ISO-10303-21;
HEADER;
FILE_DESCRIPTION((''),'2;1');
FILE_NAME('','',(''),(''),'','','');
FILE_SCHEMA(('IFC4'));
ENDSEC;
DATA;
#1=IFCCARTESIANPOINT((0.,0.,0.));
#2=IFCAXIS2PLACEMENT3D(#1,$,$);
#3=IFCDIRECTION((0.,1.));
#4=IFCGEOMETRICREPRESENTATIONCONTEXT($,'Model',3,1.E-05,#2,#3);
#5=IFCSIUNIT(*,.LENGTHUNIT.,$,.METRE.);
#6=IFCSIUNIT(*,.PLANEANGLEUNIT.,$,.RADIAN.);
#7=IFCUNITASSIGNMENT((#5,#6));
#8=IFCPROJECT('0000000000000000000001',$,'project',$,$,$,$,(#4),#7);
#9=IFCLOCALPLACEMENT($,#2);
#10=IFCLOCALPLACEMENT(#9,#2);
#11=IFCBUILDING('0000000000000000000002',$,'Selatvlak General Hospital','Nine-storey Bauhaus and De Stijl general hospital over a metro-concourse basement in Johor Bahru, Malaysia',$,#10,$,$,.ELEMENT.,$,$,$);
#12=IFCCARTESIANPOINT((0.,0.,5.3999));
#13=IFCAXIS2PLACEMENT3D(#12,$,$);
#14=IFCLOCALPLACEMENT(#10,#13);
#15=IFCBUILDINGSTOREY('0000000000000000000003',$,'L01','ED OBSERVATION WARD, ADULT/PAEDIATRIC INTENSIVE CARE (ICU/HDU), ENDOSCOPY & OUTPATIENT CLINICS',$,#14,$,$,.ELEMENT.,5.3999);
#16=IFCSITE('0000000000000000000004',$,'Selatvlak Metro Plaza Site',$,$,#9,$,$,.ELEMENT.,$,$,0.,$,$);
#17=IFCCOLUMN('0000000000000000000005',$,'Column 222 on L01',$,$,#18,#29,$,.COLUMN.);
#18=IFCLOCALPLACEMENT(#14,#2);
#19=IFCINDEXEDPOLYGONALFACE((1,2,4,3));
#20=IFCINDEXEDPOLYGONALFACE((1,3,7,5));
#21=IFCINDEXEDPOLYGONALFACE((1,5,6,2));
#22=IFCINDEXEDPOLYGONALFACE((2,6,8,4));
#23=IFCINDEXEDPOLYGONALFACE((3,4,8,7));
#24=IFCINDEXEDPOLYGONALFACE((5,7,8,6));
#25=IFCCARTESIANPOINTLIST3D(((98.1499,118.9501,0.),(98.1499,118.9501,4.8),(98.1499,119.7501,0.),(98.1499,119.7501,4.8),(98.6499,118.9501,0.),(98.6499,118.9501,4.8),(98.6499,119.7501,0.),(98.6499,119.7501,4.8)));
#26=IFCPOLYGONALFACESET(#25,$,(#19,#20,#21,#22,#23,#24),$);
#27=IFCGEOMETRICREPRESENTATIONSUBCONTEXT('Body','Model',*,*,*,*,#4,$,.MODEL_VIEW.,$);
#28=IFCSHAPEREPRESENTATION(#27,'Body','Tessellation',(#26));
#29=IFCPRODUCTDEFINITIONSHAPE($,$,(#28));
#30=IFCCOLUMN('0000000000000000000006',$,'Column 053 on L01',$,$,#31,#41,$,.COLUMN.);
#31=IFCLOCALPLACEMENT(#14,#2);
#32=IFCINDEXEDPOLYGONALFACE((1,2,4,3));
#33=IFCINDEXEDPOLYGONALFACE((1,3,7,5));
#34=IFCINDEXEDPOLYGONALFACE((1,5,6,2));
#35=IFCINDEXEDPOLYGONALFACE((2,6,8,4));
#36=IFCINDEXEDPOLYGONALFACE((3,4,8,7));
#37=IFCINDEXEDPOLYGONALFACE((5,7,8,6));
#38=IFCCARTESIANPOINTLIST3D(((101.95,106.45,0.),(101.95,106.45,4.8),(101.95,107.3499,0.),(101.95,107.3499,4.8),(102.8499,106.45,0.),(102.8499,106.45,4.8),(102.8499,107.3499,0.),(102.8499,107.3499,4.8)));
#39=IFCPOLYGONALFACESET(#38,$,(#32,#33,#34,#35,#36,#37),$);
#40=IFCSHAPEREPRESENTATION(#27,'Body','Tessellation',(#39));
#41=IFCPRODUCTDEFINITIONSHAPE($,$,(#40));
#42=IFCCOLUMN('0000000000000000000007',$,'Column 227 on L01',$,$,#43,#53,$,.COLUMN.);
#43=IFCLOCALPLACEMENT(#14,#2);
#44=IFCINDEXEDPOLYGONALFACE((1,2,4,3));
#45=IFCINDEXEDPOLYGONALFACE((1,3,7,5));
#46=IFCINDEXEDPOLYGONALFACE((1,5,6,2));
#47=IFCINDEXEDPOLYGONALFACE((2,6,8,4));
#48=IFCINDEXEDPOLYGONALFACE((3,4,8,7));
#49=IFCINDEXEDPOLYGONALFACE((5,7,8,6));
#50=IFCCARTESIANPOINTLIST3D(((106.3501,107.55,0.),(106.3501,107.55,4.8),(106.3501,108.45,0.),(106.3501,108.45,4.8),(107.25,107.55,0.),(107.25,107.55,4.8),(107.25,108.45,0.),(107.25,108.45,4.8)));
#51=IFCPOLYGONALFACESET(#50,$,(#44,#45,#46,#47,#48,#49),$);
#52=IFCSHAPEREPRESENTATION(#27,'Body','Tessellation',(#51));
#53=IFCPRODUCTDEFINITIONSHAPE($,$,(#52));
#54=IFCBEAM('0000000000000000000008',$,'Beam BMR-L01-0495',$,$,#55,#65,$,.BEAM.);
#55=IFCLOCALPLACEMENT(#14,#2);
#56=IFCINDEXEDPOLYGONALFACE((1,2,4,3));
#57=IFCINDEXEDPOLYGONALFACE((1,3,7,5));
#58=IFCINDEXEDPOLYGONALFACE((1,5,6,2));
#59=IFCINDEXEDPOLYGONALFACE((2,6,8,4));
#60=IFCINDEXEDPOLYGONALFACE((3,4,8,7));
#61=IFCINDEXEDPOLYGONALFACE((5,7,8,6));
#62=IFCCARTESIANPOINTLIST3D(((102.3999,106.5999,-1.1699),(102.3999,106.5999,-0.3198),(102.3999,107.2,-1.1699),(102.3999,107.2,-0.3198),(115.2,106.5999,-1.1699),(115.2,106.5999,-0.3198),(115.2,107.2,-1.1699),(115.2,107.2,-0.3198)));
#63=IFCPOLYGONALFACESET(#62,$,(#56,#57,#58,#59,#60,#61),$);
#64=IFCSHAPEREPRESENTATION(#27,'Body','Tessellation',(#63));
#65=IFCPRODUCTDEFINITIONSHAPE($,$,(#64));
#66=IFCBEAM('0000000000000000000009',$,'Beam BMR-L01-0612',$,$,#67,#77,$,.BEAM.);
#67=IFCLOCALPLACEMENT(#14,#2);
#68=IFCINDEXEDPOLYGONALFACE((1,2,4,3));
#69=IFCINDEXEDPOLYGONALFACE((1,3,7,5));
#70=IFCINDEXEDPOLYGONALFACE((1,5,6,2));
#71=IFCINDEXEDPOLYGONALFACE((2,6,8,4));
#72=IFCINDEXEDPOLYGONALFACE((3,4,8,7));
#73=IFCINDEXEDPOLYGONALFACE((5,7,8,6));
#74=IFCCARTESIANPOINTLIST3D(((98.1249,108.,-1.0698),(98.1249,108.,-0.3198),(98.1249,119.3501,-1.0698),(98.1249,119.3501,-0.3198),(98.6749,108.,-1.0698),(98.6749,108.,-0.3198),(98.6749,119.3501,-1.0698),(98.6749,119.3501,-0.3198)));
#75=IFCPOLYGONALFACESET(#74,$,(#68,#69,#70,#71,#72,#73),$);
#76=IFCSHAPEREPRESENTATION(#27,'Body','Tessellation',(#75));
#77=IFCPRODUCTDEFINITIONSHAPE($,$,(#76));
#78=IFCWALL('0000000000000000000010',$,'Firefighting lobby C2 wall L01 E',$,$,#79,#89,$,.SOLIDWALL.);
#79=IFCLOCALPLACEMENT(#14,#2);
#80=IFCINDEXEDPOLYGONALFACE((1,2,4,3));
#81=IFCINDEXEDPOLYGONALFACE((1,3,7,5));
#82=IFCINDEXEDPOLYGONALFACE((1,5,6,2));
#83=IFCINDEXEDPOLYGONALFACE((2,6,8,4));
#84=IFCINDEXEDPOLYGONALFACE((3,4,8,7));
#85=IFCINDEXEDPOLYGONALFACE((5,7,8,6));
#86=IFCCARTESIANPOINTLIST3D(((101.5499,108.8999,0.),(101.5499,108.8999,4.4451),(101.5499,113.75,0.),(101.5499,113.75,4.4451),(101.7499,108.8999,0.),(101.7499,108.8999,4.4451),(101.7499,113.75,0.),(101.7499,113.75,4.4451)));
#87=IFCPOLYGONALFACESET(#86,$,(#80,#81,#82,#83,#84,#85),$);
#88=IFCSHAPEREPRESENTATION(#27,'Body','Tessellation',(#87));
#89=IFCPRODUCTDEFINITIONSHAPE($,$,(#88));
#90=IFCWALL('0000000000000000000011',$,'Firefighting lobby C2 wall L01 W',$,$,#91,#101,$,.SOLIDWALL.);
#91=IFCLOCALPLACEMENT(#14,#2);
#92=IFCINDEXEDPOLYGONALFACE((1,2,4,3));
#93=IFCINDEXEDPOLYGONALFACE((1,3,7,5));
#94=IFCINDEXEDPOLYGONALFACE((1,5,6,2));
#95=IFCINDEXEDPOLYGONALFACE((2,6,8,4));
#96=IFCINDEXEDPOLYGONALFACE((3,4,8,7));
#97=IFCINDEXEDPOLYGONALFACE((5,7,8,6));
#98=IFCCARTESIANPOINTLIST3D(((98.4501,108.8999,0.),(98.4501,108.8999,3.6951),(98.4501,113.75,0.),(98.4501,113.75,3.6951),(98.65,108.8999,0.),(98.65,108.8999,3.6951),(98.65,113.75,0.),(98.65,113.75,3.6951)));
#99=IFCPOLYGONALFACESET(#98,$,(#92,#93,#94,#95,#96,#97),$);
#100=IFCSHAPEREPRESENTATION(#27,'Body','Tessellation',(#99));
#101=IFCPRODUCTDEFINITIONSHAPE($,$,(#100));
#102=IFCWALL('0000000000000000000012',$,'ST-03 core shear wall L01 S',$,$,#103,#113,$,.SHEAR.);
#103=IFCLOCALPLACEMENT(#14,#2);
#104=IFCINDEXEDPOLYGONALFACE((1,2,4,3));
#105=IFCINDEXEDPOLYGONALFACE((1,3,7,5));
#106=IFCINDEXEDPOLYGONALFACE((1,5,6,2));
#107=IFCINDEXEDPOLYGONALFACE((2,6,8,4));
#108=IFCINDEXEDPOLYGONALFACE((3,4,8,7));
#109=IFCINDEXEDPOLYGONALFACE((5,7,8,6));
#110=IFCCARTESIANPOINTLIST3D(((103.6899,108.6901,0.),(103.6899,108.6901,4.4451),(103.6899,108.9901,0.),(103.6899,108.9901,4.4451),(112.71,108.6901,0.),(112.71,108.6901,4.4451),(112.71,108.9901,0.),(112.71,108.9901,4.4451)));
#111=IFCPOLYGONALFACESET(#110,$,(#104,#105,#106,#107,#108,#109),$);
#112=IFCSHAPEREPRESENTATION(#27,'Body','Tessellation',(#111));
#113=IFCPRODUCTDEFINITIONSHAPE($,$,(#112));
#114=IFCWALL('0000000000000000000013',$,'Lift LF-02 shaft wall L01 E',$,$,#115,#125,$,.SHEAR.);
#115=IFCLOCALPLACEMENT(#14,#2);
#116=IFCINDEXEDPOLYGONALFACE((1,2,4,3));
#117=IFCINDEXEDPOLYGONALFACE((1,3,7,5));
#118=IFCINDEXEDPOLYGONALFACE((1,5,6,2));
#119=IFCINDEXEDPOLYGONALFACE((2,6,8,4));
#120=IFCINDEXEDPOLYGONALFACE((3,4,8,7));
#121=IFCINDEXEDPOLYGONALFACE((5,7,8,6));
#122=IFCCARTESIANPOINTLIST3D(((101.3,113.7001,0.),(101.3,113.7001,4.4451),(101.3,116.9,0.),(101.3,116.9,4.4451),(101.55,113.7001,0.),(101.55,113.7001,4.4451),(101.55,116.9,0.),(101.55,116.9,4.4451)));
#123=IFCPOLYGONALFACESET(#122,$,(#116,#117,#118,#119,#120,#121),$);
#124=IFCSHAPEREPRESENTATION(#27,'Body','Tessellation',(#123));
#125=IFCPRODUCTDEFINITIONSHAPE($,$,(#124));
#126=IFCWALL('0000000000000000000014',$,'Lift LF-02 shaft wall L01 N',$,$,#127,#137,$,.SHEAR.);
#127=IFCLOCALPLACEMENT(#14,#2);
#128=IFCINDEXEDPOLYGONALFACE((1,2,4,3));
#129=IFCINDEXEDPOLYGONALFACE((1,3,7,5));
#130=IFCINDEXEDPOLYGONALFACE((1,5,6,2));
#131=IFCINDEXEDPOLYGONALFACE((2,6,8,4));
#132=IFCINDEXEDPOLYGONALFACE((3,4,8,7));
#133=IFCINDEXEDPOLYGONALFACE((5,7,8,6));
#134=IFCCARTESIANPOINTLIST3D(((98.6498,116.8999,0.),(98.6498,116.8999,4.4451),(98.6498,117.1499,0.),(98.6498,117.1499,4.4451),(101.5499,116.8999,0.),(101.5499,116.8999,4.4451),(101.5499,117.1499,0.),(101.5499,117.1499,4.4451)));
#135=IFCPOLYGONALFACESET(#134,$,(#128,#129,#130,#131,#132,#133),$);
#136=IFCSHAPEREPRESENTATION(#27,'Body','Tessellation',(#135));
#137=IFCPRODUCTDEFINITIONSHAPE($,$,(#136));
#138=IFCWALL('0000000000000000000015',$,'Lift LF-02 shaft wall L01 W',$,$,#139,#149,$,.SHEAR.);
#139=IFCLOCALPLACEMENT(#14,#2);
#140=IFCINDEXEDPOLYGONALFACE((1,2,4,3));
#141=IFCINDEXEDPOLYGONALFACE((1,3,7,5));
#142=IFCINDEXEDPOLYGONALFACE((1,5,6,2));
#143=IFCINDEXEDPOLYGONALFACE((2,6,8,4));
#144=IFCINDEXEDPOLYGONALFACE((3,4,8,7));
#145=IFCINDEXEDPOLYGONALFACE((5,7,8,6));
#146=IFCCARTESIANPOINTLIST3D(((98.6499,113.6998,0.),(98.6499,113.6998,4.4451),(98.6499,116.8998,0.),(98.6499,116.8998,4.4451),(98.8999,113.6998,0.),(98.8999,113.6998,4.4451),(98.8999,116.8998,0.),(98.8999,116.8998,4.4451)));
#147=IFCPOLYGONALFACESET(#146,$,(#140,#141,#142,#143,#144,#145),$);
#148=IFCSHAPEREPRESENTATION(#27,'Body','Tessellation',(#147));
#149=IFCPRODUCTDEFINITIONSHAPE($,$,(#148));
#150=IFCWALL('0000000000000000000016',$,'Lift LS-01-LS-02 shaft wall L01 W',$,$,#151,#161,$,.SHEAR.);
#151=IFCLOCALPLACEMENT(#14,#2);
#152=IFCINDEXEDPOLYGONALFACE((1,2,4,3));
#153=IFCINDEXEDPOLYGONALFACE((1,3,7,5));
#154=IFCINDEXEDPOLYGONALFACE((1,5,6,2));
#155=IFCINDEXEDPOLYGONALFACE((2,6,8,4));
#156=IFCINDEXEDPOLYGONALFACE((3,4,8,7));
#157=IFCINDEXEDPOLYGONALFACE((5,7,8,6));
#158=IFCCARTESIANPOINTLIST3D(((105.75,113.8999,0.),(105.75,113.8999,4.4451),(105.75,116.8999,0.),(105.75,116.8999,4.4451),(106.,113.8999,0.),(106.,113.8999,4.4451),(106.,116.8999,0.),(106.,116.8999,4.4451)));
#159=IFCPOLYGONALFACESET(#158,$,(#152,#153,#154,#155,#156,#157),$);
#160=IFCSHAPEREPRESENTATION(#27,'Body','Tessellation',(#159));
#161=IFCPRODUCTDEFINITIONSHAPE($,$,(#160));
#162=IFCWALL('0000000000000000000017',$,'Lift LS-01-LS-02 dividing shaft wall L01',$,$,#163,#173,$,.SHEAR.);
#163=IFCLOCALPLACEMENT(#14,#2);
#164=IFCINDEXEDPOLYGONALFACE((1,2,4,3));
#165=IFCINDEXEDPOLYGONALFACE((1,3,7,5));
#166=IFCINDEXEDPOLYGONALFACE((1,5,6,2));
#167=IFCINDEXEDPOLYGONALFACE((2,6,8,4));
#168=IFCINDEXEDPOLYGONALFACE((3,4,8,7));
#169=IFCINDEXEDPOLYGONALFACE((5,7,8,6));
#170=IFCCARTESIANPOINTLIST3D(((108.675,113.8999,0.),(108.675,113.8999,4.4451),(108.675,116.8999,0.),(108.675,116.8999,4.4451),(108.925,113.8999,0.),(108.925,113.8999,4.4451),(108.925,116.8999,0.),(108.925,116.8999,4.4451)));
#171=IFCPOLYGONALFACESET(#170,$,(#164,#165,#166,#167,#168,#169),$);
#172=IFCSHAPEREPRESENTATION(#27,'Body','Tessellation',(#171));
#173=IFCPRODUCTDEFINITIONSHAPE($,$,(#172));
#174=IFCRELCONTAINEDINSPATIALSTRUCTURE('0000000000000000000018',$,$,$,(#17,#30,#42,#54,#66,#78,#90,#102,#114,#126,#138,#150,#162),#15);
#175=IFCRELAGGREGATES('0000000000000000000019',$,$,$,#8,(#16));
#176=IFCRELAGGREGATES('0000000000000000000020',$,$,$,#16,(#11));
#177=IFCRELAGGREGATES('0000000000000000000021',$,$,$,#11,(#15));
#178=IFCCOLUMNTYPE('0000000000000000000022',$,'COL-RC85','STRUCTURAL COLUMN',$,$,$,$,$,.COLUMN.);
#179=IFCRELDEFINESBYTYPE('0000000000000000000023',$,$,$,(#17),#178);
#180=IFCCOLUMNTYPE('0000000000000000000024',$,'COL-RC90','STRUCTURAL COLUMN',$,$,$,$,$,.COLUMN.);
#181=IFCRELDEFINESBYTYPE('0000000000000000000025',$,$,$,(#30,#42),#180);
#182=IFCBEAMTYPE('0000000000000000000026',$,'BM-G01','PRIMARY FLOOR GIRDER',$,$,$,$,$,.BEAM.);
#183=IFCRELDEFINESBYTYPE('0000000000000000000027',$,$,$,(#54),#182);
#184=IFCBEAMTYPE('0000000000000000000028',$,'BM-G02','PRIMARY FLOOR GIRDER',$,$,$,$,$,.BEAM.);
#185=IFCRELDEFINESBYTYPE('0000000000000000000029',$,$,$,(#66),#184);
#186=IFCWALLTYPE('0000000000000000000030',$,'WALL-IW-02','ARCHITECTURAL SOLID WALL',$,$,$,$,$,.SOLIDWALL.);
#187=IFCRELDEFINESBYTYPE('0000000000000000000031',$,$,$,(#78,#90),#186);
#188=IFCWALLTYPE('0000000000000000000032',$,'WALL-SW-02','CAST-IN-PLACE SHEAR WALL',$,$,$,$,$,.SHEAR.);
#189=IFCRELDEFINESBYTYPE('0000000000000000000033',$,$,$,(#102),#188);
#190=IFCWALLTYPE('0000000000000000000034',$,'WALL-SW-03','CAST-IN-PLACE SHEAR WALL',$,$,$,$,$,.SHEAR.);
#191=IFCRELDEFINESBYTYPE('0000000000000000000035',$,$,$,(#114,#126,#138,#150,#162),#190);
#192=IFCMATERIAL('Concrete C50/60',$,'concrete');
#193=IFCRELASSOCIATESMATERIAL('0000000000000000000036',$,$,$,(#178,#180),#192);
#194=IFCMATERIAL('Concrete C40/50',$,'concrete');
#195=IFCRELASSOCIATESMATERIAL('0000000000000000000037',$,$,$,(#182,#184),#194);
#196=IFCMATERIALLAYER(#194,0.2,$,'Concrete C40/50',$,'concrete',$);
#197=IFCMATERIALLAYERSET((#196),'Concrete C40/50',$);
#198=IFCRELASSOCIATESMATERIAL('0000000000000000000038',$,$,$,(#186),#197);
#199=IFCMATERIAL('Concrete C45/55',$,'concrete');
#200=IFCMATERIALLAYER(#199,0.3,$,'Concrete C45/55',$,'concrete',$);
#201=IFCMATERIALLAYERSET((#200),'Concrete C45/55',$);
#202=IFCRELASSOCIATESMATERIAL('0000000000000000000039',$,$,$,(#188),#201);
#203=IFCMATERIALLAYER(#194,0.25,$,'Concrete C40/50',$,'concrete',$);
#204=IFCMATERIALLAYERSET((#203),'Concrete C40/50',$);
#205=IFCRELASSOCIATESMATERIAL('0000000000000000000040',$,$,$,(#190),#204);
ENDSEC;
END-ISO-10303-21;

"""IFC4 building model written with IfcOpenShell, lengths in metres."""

from ifc_helpers import new_model, si_unit, direction, frame, frame_2d, origin, origin_2d, place, context, subcontext, project, spatial, rectangle, extrude, material, layer, layer_set, material_profile, profile_set, type_object, element, save


model = new_model("IFC4")

# Units and contexts
model_context = context("Model", 3, precision=1e-05, world=origin(), true_north=direction((0.0, 1.0)))
body_context = subcontext(model_context, "Body", "Model", "MODEL_VIEW")
ifc_project = project(units=[si_unit("LENGTHUNIT", "METRE"), si_unit("PLANEANGLEUNIT", "RADIAN")], contexts=[model_context])

# Site, building, storey
site_placement = place(None, origin())
site = spatial("IfcSite", under=ifc_project, at=site_placement, Name="Selatvlak Metro Plaza Site", CompositionType="ELEMENT", RefElevation=0.0)
building_placement = place(site_placement, origin())
building = spatial("IfcBuilding", under=site, at=building_placement, Name="Selatvlak General Hospital", Description="Nine-storey Bauhaus and De Stijl general hospital over a metro-concourse basement in Johor Bahru, Malaysia", CompositionType="ELEMENT")
storey_placement = place(building_placement, frame((0.0, 0.0, 5.3999)))
storey = spatial("IfcBuildingStorey", under=building, at=storey_placement, Name="L01", Description="ED OBSERVATION WARD, ADULT/PAEDIATRIC INTENSIVE CARE (ICU/HDU), ENDOSCOPY & OUTPATIENT CLINICS", CompositionType="ELEMENT", Elevation=5.3999)

# Columns
ifc_material_1 = material(Name="Concrete C50/60", Category="concrete")
ifc_material_profile_1 = material_profile(ifc_material_1, rectangle(XDim=0.5, YDim=0.8, at=origin_2d()), Name="RC-COL 800x500")
ifc_profile_set_1 = profile_set([ifc_material_profile_1], Name="Concrete C50/60")
column_type_1 = type_object("IfcColumnType", Name="COL-RC85", Description="STRUCTURAL COLUMN", PredefinedType="COLUMN", material=ifc_profile_set_1)
column_placement = place(storey_placement, frame((98.3999, 119.3501, 0.0), z_axis=(0.0, 0.0, 1.0), x_axis=(1.0, 0.0, 0.0)))
element("IfcColumn", 1, at=column_placement, inside=storey, type_object=column_type_1, Name="Column 222 on L01", PredefinedType="COLUMN", context=body_context, shape_type="SweptSolid", body=[
    extrude(rectangle(XDim=0.5, YDim=0.8, at=origin_2d()), origin(), (0.0, 0.0, 1.0), 4.8),
])
ifc_material_profile_2 = material_profile(ifc_material_1, rectangle(XDim=0.8999, YDim=0.8999, at=origin_2d()), Name="RC-COL 900x900")
ifc_profile_set_2 = profile_set([ifc_material_profile_2], Name="Concrete C50/60")
column_type_2 = type_object("IfcColumnType", Name="COL-RC90", Description="STRUCTURAL COLUMN", PredefinedType="COLUMN", material=ifc_profile_set_2)
for number, where, z_axis, x_axis, name in (
    (2, (102.3999, 106.8999, 0.0), (0.0, 0.0, 1.0), (1.0, 0.0, 0.0), "Column 053 on L01"),
    (3, (106.8, 108.0, 0.0), (0.0, 0.0, 1.0), (1.0, 0.0, 0.0), "Column 227 on L01"),
):
    element("IfcColumn", number, at=place(storey_placement, frame(where, z_axis=z_axis, x_axis=x_axis)), inside=storey, type_object=column_type_2, Name=name, PredefinedType="COLUMN", context=body_context, shape_type="SweptSolid", body=[
        extrude(rectangle(XDim=0.8999, YDim=0.8999, at=origin_2d()), origin(), (0.0, 0.0, 1.0), 4.8),
    ])

# Beams
ifc_material_2 = material(Name="Concrete C40/50", Category="concrete")
ifc_material_profile_3 = material_profile(ifc_material_2, rectangle(XDim=0.6001, YDim=0.8501, at=origin_2d()), Name="RC-BM 600x850")
ifc_profile_set_3 = profile_set([ifc_material_profile_3], Name="Concrete C40/50")
beam_type_1 = type_object("IfcBeamType", Name="BM-G01", Description="PRIMARY FLOOR GIRDER", PredefinedType="BEAM", material=ifc_profile_set_3)
beam_1_placement = place(storey_placement, frame((102.3999, 106.8999, -0.7449), z_axis=(1.0, 0.0, 0.0), x_axis=(0.0, 1.0, 0.0)))
element("IfcBeam", 4, at=beam_1_placement, inside=storey, type_object=beam_type_1, Name="Beam BMR-L01-0495", PredefinedType="BEAM", context=body_context, shape_type="SweptSolid", body=[
    extrude(rectangle(XDim=0.6001, YDim=0.8501, at=origin_2d()), origin(), (0.0, 0.0, 1.0), 12.8),
])
ifc_material_profile_4 = material_profile(ifc_material_2, rectangle(XDim=0.55, YDim=0.75, at=origin_2d()), Name="RC-BM 550x750")
ifc_profile_set_4 = profile_set([ifc_material_profile_4], Name="Concrete C40/50")
beam_type_2 = type_object("IfcBeamType", Name="BM-G02", Description="PRIMARY FLOOR GIRDER", PredefinedType="BEAM", material=ifc_profile_set_4)
beam_2_placement = place(storey_placement, frame((98.3999, 108.0, -0.6948), z_axis=(0.0, 1.0, 0.0), x_axis=(-1.0, 0.0, 0.0)))
element("IfcBeam", 5, at=beam_2_placement, inside=storey, type_object=beam_type_2, Name="Beam BMR-L01-0612", PredefinedType="BEAM", context=body_context, shape_type="SweptSolid", body=[
    extrude(rectangle(XDim=0.55, YDim=0.75, at=origin_2d()), origin(), (0.0, 0.0, 1.0), 11.3501),
])

# Shared definitions
ifc_layer_1 = layer(ifc_material_2, 0.2, Name="Concrete C40/50", Category="concrete")
ifc_layer_set_1 = layer_set([ifc_layer_1], Name="Concrete C40/50")
wall_type_1 = type_object("IfcWallType", Name="WALL-IW-02", Description="ARCHITECTURAL SOLID WALL", PredefinedType="SOLIDWALL", material=ifc_layer_set_1)

# Walls
wall_1_placement = place(storey_placement, frame((101.6499, 108.8999, 0.0), z_axis=(0.0, 0.0, 1.0), x_axis=(0.0, 1.0, 0.0)))
element("IfcWall", 6, at=wall_1_placement, inside=storey, type_object=wall_type_1, Name="Firefighting lobby C2 wall L01 E", PredefinedType="SOLIDWALL", context=body_context, shape_type="SweptSolid", body=[
    extrude(rectangle(XDim=4.8501, YDim=0.2, at=frame_2d((2.425, 0.0))), origin(), (0.0, 0.0, 1.0), 4.4451),
])
wall_2_placement = place(storey_placement, frame((98.55, 113.75, 0.0), z_axis=(0.0, 0.0, 1.0), x_axis=(0.0, -1.0, 0.0)))
element("IfcWall", 7, at=wall_2_placement, inside=storey, type_object=wall_type_1, Name="Firefighting lobby C2 wall L01 W", PredefinedType="SOLIDWALL", context=body_context, shape_type="SweptSolid", body=[
    extrude(rectangle(XDim=4.8501, YDim=0.2, at=frame_2d((2.425, 0.0))), origin(), (0.0, 0.0, 1.0), 3.6951),
])

# Wall
ifc_material_3 = material(Name="Concrete C45/55", Category="concrete")
ifc_layer_2 = layer(ifc_material_3, 0.3, Name="Concrete C45/55", Category="concrete")
ifc_layer_set_2 = layer_set([ifc_layer_2], Name="Concrete C45/55")
wall_type_2 = type_object("IfcWallType", Name="WALL-SW-02", Description="CAST-IN-PLACE SHEAR WALL", PredefinedType="SHEAR", material=ifc_layer_set_2)
wall_3_placement = place(storey_placement, frame((103.6899, 108.8401, 0.0), z_axis=(0.0, 0.0, 1.0), x_axis=(1.0, 0.0, 0.0)))
element("IfcWall", 8, at=wall_3_placement, inside=storey, type_object=wall_type_2, Name="ST-03 core shear wall L01 S", PredefinedType="SHEAR", context=body_context, shape_type="SweptSolid", body=[
    extrude(rectangle(XDim=9.02, YDim=0.3, at=frame_2d((4.51, 0.0))), origin(), (0.0, 0.0, 1.0), 4.4451),
])

# Shared definitions
ifc_layer_3 = layer(ifc_material_2, 0.25, Name="Concrete C40/50", Category="concrete")
ifc_layer_set_3 = layer_set([ifc_layer_3], Name="Concrete C40/50")
wall_type_3 = type_object("IfcWallType", Name="WALL-SW-03", Description="CAST-IN-PLACE SHEAR WALL", PredefinedType="SHEAR", material=ifc_layer_set_3)

# Walls
wall_4_placement = place(storey_placement, frame((101.425, 113.7, 0.0), z_axis=(0.0, 0.0, 1.0), x_axis=(0.0, 1.0, 0.0)))
element("IfcWall", 9, at=wall_4_placement, inside=storey, type_object=wall_type_3, Name="Lift LF-02 shaft wall L01 E", PredefinedType="SHEAR", context=body_context, shape_type="SweptSolid", body=[
    extrude(rectangle(XDim=3.2, YDim=0.25, at=frame_2d((1.6001, 0.0))), origin(), (0.0, 0.0, 1.0), 4.4451),
])
wall_5_placement = place(storey_placement, frame((101.55, 117.0249, 0.0), z_axis=(0.0, 0.0, 1.0), x_axis=(-1.0, 0.0, 0.0)))
element("IfcWall", 10, at=wall_5_placement, inside=storey, type_object=wall_type_3, Name="Lift LF-02 shaft wall L01 N", PredefinedType="SHEAR", context=body_context, shape_type="SweptSolid", body=[
    extrude(rectangle(XDim=2.9001, YDim=0.25, at=frame_2d((1.4502, 0.0))), origin(), (0.0, 0.0, 1.0), 4.4451),
])
wall_6_placement = place(storey_placement, frame((98.7749, 116.8999, 0.0), z_axis=(0.0, 0.0, 1.0), x_axis=(0.0, -1.0, 0.0)))
element("IfcWall", 11, at=wall_6_placement, inside=storey, type_object=wall_type_3, Name="Lift LF-02 shaft wall L01 W", PredefinedType="SHEAR", context=body_context, shape_type="SweptSolid", body=[
    extrude(rectangle(XDim=3.2, YDim=0.25, at=frame_2d((1.6001, 0.0))), origin(), (0.0, 0.0, 1.0), 4.4451),
])

# Walls
for number, where, z_axis, x_axis, name in (
    (12, (105.875, 116.8999, 0.0), (0.0, 0.0, 1.0), (0.0, -1.0, 0.0), "Lift LS-01-LS-02 shaft wall L01 W"),
    (13, (108.8, 113.8999, 0.0), (0.0, 0.0, 1.0), (0.0, 1.0, 0.0), "Lift LS-01-LS-02 dividing shaft wall L01"),
):
    element("IfcWall", number, at=place(storey_placement, frame(where, z_axis=z_axis, x_axis=x_axis)), inside=storey, type_object=wall_type_3, Name=name, PredefinedType="SHEAR", context=body_context, shape_type="SweptSolid", body=[
        extrude(rectangle(XDim=3.0, YDim=0.25, at=frame_2d((1.5, 0.0))), origin(), (0.0, 0.0, 1.0), 4.4451),
    ])

save(model, "model.ifc")
